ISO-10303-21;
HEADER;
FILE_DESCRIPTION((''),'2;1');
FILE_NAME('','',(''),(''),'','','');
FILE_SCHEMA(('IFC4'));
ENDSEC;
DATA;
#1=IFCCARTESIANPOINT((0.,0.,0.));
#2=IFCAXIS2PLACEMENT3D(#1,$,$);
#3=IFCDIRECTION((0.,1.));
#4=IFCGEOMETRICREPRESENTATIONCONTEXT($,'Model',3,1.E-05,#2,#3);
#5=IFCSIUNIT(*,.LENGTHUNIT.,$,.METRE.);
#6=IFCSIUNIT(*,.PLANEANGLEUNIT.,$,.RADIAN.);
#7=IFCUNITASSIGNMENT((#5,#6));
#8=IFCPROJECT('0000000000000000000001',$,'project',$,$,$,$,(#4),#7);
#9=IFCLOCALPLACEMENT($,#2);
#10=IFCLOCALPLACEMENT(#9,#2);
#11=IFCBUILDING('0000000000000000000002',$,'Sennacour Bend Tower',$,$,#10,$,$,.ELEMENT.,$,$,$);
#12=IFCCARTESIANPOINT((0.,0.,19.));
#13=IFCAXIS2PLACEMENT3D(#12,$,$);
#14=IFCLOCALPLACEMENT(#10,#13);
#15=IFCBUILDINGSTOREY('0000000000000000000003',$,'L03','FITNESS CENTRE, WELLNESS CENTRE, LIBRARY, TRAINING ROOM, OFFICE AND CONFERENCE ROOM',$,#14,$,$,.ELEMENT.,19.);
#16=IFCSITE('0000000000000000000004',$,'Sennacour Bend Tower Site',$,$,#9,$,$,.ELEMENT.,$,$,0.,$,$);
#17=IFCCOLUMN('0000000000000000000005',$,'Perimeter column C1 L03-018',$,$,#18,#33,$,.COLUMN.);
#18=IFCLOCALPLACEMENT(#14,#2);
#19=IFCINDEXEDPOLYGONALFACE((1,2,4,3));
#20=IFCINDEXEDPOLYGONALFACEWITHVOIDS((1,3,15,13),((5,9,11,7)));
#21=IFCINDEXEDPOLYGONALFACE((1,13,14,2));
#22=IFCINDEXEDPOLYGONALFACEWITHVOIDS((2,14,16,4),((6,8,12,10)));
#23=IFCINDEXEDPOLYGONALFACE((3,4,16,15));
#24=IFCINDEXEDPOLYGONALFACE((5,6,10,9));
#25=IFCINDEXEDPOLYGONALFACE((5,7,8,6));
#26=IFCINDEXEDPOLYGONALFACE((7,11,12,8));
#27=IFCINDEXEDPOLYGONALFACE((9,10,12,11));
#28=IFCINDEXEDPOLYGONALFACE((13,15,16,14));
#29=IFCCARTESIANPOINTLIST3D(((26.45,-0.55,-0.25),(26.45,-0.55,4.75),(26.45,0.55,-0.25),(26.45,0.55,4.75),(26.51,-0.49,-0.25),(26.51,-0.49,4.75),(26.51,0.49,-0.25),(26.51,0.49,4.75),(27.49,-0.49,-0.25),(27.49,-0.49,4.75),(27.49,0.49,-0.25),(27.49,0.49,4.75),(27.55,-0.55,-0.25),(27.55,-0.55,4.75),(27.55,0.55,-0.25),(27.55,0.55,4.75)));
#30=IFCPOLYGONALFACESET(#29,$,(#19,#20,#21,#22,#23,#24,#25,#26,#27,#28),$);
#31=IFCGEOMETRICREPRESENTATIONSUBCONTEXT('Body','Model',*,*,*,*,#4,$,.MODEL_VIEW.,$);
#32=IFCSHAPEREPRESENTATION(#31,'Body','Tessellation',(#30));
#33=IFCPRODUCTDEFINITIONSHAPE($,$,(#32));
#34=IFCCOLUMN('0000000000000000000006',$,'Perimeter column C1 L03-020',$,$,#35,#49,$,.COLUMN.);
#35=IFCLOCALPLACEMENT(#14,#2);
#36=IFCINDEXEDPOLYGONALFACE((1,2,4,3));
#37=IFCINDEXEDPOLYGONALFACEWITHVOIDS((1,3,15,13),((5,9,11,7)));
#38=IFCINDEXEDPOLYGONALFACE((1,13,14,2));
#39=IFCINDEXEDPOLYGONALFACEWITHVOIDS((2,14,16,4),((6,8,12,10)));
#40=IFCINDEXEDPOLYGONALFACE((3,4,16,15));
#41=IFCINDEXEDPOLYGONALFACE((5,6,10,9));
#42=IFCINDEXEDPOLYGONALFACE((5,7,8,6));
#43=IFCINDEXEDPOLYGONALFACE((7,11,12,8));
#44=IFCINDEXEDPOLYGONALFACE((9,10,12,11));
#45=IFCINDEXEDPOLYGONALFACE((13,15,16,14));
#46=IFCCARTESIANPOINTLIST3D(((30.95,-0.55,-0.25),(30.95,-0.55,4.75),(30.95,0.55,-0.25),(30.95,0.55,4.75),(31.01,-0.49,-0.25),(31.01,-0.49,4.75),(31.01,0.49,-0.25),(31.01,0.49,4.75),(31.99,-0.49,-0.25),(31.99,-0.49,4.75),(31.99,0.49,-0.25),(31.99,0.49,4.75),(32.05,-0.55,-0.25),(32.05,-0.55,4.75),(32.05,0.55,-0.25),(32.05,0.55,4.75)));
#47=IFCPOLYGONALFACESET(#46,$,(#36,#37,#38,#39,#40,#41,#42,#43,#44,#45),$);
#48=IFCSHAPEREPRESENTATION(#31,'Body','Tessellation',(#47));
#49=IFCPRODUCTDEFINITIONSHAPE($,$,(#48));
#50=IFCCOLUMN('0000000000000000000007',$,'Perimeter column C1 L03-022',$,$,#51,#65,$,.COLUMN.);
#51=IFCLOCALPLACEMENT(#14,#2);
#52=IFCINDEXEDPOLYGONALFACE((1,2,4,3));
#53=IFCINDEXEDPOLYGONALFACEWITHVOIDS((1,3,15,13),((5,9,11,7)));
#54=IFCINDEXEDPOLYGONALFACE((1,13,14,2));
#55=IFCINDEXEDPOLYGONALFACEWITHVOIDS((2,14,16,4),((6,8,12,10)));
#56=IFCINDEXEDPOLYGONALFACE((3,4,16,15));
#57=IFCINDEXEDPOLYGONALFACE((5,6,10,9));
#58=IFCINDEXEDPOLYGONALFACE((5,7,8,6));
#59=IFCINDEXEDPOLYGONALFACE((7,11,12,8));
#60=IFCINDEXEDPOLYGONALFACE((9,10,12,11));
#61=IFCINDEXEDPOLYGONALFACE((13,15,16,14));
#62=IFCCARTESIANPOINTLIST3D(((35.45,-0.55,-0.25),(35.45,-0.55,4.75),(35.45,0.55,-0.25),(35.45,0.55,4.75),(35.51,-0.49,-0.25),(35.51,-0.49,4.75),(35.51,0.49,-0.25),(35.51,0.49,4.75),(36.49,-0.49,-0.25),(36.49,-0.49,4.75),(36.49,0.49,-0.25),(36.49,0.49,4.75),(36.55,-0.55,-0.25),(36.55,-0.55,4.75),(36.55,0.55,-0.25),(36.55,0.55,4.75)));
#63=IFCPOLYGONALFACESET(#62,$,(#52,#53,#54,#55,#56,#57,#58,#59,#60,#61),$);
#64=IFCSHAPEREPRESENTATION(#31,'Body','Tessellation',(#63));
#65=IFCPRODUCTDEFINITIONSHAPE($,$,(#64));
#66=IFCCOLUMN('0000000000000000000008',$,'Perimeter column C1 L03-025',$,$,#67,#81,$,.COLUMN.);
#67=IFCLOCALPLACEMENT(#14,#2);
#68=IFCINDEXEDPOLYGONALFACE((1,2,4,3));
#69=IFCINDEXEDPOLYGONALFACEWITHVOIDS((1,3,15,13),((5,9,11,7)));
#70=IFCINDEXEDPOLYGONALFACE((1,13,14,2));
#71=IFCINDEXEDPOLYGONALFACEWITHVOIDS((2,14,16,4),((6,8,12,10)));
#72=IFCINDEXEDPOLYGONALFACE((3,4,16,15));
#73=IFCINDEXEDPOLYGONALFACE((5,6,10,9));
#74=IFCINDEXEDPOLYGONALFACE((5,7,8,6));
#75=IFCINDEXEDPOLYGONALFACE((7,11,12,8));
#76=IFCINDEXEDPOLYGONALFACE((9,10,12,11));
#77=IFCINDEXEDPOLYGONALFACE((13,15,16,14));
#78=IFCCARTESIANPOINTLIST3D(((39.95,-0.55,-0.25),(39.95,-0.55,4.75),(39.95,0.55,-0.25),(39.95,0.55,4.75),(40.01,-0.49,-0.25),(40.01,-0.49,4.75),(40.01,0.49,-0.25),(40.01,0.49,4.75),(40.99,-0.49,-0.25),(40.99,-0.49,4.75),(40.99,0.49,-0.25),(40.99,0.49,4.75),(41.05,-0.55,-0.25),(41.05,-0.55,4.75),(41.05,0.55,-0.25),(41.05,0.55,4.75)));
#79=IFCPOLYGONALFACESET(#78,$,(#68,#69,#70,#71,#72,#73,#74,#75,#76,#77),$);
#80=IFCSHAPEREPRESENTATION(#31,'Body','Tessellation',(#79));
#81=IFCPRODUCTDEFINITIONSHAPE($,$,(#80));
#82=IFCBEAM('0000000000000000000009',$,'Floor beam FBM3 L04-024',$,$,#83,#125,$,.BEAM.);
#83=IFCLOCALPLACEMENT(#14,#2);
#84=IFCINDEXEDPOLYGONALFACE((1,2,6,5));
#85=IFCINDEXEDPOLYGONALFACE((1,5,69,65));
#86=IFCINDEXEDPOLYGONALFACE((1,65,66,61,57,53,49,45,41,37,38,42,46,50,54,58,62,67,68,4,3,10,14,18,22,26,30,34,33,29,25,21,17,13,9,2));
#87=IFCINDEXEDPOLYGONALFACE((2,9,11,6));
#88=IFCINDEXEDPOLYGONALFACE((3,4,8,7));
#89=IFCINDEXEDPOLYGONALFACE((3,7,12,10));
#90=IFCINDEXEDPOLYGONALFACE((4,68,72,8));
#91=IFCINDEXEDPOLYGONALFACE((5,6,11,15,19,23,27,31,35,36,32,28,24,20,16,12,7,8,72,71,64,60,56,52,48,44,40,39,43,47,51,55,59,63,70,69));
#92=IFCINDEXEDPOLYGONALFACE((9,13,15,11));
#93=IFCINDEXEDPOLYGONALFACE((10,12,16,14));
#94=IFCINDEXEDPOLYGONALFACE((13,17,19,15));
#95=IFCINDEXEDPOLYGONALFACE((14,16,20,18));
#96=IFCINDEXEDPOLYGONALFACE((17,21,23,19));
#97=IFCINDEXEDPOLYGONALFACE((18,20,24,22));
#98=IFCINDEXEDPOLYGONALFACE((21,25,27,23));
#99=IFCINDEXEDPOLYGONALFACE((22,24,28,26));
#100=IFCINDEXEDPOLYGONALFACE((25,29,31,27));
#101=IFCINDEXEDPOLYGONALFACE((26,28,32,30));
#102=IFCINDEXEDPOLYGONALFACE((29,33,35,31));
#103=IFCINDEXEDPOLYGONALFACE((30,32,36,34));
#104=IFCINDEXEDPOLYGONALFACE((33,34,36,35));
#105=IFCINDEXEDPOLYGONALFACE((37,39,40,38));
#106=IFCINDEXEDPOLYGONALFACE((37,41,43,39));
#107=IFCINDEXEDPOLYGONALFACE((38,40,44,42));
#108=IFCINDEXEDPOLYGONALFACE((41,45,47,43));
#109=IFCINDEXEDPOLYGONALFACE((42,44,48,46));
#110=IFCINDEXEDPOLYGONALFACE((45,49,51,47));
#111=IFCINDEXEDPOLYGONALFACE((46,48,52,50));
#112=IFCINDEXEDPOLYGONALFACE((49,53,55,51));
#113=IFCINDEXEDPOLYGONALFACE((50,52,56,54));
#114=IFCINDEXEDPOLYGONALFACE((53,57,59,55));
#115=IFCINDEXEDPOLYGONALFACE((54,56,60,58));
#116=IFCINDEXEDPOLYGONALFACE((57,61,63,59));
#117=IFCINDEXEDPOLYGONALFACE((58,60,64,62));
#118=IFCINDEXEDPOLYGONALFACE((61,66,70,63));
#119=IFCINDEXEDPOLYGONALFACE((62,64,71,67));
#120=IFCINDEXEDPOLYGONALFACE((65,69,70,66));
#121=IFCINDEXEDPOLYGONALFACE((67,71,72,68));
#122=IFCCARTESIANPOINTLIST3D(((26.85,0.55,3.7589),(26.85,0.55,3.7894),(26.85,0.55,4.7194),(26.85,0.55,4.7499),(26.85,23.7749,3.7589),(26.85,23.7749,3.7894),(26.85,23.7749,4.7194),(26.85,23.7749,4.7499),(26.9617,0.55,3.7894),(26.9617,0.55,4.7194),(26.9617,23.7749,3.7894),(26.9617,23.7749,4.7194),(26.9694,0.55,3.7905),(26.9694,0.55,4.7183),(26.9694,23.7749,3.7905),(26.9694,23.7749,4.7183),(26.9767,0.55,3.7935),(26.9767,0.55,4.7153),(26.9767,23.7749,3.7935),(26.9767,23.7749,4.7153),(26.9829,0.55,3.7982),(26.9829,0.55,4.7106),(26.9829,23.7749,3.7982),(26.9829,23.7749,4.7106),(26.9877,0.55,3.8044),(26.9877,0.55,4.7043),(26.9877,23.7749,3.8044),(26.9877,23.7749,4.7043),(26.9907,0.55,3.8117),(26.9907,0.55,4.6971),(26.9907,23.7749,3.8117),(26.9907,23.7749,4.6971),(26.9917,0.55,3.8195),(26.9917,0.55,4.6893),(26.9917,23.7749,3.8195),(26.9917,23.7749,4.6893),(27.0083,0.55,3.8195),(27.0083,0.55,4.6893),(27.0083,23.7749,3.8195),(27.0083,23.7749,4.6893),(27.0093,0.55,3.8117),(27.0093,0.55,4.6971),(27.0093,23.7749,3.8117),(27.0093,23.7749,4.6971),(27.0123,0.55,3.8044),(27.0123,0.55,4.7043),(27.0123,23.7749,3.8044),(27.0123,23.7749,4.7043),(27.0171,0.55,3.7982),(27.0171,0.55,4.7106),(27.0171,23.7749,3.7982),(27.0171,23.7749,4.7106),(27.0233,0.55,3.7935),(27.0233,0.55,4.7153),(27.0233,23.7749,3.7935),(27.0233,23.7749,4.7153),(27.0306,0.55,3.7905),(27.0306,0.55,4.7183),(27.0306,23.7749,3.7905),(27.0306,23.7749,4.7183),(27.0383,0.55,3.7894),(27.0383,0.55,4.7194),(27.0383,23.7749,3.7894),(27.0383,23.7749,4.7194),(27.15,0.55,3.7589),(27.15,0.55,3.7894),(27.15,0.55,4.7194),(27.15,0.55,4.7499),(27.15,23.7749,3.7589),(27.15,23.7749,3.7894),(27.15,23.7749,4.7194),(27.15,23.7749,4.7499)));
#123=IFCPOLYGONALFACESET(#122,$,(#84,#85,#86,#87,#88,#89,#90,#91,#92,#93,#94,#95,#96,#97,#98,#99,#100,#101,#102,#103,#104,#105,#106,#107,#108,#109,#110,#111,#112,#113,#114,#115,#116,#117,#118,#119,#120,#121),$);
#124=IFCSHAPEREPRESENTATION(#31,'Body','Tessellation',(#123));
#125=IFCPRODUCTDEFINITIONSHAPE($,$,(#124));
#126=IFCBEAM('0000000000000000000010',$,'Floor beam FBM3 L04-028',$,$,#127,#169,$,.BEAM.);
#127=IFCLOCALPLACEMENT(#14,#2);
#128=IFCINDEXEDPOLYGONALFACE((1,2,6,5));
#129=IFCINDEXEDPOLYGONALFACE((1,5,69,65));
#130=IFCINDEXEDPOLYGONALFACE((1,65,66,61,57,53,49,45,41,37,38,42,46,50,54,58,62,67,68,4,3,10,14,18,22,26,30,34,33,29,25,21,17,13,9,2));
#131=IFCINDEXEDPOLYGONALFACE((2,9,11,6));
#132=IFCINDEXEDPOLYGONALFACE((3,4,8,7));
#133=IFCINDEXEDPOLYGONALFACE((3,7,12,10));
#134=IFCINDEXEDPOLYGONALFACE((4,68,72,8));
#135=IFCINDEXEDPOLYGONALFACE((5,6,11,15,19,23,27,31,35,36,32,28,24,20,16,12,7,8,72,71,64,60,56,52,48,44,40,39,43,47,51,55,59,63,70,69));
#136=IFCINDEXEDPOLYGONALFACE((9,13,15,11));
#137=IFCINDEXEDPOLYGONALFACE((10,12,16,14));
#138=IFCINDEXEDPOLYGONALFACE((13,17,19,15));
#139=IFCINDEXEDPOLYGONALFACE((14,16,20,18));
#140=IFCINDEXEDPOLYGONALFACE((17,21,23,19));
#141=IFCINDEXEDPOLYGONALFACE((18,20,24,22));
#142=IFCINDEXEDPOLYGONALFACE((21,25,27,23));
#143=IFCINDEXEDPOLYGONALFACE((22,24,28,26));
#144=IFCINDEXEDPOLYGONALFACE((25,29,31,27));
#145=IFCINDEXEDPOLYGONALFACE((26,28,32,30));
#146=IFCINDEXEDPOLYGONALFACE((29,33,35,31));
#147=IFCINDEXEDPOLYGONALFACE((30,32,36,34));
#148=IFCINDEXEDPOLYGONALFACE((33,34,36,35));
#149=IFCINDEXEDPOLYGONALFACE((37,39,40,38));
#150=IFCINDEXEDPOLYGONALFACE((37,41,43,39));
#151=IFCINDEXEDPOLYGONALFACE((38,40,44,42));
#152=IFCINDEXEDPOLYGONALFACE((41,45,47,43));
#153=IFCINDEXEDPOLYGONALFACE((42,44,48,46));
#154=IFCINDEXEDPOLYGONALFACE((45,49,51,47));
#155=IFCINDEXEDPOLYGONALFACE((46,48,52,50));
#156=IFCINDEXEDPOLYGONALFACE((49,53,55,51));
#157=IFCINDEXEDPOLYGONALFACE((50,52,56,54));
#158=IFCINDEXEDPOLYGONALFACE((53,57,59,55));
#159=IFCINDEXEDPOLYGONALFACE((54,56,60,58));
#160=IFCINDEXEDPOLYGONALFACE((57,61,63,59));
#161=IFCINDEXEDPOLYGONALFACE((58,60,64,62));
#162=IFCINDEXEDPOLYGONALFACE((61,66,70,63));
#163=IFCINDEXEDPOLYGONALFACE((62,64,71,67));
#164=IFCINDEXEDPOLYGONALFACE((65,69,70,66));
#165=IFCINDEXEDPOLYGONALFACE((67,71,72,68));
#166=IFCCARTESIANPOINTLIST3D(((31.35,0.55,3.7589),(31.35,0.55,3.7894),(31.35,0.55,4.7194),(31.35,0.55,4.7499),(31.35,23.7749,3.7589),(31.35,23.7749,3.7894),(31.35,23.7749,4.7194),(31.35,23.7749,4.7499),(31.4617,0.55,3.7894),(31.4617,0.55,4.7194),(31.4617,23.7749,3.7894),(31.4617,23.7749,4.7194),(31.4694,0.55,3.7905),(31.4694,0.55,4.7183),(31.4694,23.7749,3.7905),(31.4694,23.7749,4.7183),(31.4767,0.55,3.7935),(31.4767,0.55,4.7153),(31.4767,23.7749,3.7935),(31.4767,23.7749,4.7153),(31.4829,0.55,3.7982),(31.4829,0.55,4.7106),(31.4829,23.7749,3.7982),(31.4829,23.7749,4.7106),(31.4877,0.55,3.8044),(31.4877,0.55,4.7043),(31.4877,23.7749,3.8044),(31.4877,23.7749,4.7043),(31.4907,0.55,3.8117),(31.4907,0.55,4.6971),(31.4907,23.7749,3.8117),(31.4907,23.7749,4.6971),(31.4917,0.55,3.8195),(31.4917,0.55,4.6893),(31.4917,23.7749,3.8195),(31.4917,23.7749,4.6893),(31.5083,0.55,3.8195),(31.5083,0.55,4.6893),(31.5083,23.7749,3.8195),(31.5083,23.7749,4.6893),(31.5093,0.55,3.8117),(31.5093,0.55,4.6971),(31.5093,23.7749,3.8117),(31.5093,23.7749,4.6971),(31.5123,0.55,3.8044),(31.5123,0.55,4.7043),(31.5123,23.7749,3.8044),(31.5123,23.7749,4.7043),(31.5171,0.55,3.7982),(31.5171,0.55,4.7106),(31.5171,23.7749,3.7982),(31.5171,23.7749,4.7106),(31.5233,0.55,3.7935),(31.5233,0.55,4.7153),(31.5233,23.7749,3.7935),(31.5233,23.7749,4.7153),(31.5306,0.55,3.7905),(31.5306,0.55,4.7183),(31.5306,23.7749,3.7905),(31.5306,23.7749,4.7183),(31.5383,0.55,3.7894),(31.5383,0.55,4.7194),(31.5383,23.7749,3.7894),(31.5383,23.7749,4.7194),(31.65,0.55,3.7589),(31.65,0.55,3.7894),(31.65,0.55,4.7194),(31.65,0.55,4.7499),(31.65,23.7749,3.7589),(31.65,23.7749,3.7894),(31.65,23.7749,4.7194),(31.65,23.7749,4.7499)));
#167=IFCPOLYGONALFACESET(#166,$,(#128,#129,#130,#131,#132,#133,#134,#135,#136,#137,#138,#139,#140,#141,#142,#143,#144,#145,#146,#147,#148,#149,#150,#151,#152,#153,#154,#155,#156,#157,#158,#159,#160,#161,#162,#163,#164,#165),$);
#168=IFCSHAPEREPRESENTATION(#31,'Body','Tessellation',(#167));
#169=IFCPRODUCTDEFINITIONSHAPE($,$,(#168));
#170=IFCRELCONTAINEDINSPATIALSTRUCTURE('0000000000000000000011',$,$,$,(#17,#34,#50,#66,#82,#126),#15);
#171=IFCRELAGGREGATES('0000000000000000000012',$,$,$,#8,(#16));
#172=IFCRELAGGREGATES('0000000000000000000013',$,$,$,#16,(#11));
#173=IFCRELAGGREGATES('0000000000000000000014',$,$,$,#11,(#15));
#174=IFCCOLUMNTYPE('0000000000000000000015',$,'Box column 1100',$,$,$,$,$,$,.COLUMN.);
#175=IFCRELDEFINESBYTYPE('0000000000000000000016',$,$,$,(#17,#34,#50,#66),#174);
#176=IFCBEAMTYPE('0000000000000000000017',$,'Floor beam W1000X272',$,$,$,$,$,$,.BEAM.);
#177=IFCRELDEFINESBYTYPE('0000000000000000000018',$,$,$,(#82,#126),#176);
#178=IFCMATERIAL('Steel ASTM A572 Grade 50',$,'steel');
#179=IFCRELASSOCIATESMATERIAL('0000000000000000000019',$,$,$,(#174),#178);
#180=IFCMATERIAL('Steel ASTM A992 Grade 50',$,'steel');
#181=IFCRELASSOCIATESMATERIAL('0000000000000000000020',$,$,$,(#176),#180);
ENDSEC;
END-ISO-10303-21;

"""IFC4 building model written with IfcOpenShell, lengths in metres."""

from ifc_helpers import new_model, si_unit, direction, frame, origin, origin_2d, place, context, subcontext, project, spatial, hollow_rectangle, i_section, extrude, material, material_profile, profile_set, type_object, element, save


model = new_model("IFC4")

# Units and contexts
model_context = context("Model", 3, precision=1e-05, world=origin(), true_north=direction((0.0, 1.0)))
body_context = subcontext(model_context, "Body", "Model", "MODEL_VIEW")
ifc_project = project(units=[si_unit("LENGTHUNIT", "METRE"), si_unit("PLANEANGLEUNIT", "RADIAN")], contexts=[model_context])

# Site, building, storey
site_placement = place(None, origin())
site = spatial("IfcSite", under=ifc_project, at=site_placement, Name="Sennacour Bend Tower Site", CompositionType="ELEMENT", RefElevation=0.0)
building_placement = place(site_placement, origin())
building = spatial("IfcBuilding", under=site, at=building_placement, Name="Sennacour Bend Tower", CompositionType="ELEMENT")
storey_placement = place(building_placement, frame((0.0, 0.0, 19.0)))
storey = spatial("IfcBuildingStorey", under=building, at=storey_placement, Name="L03", Description="FITNESS CENTRE, WELLNESS CENTRE, LIBRARY, TRAINING ROOM, OFFICE AND CONFERENCE ROOM", CompositionType="ELEMENT", Elevation=19.0)

# Columns
ifc_material_1 = material(Name="Steel ASTM A572 Grade 50", Category="steel")
ifc_material_profile_1 = material_profile(ifc_material_1, hollow_rectangle(XDim=1.1001, YDim=1.1001, WallThickness=0.0601, at=origin_2d()), Name="Steel ASTM A572 Grade 50", Category="steel")
ifc_profile_set_1 = profile_set([ifc_material_profile_1], Name="Steel ASTM A572 Grade 50")
column_type = type_object("IfcColumnType", Name="Box column 1100", PredefinedType="COLUMN", material=ifc_profile_set_1)
for number, where, z_axis, x_axis, name in (
    (1, (27.0, 0.0, -0.25), (0.0, 0.0, 1.0), (1.0, 0.0, 0.0), "Perimeter column C1 L03-018"),
    (2, (31.5, 0.0, -0.25), (0.0, 0.0, 1.0), (1.0, 0.0, 0.0), "Perimeter column C1 L03-020"),
    (3, (36.0, 0.0, -0.25), (0.0, 0.0, 1.0), (1.0, 0.0, 0.0), "Perimeter column C1 L03-022"),
    (4, (40.5, 0.0, -0.25), (0.0, 0.0, 1.0), (1.0, 0.0, 0.0), "Perimeter column C1 L03-025"),
):
    element("IfcColumn", number, at=place(storey_placement, frame(where, z_axis=z_axis, x_axis=x_axis)), inside=storey, type_object=column_type, Name=name, PredefinedType="COLUMN", context=body_context, shape_type="SweptSolid", body=[
        extrude(hollow_rectangle(XDim=1.1001, YDim=1.1001, WallThickness=0.0601, at=origin_2d()), origin(), (0.0, 0.0, 1.0), 5.0),
    ])

# Beams
ifc_material_2 = material(Name="Steel ASTM A992 Grade 50", Category="steel")
ifc_material_profile_2 = material_profile(ifc_material_2, i_section(OverallWidth=0.3, OverallDepth=0.991, WebThickness=0.0166, FlangeThickness=0.0305, FilletRadius=0.03, at=origin_2d()), Name="Steel ASTM A992 Grade 50", Category="steel")
ifc_profile_set_2 = profile_set([ifc_material_profile_2], Name="Steel ASTM A992 Grade 50")
beam_type_1 = type_object("IfcBeamType", Name="Floor beam W1000X272", PredefinedType="BEAM", material=ifc_profile_set_2)
for number, where, z_axis, x_axis, name in (
    (5, (27.0, 0.55, 4.2544), (0.0, 1.0, 0.0), (-1.0, 0.0, 0.0), "Floor beam FBM3 L04-024"),
    (6, (31.5, 0.55, 4.2544), (0.0, 1.0, 0.0), (-1.0, 0.0, 0.0), "Floor beam FBM3 L04-028"),
):
    element("IfcBeam", number, at=place(storey_placement, frame(where, z_axis=z_axis, x_axis=x_axis)), inside=storey, type_object=beam_type_1, Name=name, PredefinedType="BEAM", context=body_context, shape_type="SweptSolid", body=[
        extrude(i_section(OverallWidth=0.3, OverallDepth=0.991, WebThickness=0.0166, FlangeThickness=0.0305, FilletRadius=0.03, at=origin_2d()), origin(), (0.0, 0.0, 1.0), 23.2249),
    ])

save(model, "model.ifc")
